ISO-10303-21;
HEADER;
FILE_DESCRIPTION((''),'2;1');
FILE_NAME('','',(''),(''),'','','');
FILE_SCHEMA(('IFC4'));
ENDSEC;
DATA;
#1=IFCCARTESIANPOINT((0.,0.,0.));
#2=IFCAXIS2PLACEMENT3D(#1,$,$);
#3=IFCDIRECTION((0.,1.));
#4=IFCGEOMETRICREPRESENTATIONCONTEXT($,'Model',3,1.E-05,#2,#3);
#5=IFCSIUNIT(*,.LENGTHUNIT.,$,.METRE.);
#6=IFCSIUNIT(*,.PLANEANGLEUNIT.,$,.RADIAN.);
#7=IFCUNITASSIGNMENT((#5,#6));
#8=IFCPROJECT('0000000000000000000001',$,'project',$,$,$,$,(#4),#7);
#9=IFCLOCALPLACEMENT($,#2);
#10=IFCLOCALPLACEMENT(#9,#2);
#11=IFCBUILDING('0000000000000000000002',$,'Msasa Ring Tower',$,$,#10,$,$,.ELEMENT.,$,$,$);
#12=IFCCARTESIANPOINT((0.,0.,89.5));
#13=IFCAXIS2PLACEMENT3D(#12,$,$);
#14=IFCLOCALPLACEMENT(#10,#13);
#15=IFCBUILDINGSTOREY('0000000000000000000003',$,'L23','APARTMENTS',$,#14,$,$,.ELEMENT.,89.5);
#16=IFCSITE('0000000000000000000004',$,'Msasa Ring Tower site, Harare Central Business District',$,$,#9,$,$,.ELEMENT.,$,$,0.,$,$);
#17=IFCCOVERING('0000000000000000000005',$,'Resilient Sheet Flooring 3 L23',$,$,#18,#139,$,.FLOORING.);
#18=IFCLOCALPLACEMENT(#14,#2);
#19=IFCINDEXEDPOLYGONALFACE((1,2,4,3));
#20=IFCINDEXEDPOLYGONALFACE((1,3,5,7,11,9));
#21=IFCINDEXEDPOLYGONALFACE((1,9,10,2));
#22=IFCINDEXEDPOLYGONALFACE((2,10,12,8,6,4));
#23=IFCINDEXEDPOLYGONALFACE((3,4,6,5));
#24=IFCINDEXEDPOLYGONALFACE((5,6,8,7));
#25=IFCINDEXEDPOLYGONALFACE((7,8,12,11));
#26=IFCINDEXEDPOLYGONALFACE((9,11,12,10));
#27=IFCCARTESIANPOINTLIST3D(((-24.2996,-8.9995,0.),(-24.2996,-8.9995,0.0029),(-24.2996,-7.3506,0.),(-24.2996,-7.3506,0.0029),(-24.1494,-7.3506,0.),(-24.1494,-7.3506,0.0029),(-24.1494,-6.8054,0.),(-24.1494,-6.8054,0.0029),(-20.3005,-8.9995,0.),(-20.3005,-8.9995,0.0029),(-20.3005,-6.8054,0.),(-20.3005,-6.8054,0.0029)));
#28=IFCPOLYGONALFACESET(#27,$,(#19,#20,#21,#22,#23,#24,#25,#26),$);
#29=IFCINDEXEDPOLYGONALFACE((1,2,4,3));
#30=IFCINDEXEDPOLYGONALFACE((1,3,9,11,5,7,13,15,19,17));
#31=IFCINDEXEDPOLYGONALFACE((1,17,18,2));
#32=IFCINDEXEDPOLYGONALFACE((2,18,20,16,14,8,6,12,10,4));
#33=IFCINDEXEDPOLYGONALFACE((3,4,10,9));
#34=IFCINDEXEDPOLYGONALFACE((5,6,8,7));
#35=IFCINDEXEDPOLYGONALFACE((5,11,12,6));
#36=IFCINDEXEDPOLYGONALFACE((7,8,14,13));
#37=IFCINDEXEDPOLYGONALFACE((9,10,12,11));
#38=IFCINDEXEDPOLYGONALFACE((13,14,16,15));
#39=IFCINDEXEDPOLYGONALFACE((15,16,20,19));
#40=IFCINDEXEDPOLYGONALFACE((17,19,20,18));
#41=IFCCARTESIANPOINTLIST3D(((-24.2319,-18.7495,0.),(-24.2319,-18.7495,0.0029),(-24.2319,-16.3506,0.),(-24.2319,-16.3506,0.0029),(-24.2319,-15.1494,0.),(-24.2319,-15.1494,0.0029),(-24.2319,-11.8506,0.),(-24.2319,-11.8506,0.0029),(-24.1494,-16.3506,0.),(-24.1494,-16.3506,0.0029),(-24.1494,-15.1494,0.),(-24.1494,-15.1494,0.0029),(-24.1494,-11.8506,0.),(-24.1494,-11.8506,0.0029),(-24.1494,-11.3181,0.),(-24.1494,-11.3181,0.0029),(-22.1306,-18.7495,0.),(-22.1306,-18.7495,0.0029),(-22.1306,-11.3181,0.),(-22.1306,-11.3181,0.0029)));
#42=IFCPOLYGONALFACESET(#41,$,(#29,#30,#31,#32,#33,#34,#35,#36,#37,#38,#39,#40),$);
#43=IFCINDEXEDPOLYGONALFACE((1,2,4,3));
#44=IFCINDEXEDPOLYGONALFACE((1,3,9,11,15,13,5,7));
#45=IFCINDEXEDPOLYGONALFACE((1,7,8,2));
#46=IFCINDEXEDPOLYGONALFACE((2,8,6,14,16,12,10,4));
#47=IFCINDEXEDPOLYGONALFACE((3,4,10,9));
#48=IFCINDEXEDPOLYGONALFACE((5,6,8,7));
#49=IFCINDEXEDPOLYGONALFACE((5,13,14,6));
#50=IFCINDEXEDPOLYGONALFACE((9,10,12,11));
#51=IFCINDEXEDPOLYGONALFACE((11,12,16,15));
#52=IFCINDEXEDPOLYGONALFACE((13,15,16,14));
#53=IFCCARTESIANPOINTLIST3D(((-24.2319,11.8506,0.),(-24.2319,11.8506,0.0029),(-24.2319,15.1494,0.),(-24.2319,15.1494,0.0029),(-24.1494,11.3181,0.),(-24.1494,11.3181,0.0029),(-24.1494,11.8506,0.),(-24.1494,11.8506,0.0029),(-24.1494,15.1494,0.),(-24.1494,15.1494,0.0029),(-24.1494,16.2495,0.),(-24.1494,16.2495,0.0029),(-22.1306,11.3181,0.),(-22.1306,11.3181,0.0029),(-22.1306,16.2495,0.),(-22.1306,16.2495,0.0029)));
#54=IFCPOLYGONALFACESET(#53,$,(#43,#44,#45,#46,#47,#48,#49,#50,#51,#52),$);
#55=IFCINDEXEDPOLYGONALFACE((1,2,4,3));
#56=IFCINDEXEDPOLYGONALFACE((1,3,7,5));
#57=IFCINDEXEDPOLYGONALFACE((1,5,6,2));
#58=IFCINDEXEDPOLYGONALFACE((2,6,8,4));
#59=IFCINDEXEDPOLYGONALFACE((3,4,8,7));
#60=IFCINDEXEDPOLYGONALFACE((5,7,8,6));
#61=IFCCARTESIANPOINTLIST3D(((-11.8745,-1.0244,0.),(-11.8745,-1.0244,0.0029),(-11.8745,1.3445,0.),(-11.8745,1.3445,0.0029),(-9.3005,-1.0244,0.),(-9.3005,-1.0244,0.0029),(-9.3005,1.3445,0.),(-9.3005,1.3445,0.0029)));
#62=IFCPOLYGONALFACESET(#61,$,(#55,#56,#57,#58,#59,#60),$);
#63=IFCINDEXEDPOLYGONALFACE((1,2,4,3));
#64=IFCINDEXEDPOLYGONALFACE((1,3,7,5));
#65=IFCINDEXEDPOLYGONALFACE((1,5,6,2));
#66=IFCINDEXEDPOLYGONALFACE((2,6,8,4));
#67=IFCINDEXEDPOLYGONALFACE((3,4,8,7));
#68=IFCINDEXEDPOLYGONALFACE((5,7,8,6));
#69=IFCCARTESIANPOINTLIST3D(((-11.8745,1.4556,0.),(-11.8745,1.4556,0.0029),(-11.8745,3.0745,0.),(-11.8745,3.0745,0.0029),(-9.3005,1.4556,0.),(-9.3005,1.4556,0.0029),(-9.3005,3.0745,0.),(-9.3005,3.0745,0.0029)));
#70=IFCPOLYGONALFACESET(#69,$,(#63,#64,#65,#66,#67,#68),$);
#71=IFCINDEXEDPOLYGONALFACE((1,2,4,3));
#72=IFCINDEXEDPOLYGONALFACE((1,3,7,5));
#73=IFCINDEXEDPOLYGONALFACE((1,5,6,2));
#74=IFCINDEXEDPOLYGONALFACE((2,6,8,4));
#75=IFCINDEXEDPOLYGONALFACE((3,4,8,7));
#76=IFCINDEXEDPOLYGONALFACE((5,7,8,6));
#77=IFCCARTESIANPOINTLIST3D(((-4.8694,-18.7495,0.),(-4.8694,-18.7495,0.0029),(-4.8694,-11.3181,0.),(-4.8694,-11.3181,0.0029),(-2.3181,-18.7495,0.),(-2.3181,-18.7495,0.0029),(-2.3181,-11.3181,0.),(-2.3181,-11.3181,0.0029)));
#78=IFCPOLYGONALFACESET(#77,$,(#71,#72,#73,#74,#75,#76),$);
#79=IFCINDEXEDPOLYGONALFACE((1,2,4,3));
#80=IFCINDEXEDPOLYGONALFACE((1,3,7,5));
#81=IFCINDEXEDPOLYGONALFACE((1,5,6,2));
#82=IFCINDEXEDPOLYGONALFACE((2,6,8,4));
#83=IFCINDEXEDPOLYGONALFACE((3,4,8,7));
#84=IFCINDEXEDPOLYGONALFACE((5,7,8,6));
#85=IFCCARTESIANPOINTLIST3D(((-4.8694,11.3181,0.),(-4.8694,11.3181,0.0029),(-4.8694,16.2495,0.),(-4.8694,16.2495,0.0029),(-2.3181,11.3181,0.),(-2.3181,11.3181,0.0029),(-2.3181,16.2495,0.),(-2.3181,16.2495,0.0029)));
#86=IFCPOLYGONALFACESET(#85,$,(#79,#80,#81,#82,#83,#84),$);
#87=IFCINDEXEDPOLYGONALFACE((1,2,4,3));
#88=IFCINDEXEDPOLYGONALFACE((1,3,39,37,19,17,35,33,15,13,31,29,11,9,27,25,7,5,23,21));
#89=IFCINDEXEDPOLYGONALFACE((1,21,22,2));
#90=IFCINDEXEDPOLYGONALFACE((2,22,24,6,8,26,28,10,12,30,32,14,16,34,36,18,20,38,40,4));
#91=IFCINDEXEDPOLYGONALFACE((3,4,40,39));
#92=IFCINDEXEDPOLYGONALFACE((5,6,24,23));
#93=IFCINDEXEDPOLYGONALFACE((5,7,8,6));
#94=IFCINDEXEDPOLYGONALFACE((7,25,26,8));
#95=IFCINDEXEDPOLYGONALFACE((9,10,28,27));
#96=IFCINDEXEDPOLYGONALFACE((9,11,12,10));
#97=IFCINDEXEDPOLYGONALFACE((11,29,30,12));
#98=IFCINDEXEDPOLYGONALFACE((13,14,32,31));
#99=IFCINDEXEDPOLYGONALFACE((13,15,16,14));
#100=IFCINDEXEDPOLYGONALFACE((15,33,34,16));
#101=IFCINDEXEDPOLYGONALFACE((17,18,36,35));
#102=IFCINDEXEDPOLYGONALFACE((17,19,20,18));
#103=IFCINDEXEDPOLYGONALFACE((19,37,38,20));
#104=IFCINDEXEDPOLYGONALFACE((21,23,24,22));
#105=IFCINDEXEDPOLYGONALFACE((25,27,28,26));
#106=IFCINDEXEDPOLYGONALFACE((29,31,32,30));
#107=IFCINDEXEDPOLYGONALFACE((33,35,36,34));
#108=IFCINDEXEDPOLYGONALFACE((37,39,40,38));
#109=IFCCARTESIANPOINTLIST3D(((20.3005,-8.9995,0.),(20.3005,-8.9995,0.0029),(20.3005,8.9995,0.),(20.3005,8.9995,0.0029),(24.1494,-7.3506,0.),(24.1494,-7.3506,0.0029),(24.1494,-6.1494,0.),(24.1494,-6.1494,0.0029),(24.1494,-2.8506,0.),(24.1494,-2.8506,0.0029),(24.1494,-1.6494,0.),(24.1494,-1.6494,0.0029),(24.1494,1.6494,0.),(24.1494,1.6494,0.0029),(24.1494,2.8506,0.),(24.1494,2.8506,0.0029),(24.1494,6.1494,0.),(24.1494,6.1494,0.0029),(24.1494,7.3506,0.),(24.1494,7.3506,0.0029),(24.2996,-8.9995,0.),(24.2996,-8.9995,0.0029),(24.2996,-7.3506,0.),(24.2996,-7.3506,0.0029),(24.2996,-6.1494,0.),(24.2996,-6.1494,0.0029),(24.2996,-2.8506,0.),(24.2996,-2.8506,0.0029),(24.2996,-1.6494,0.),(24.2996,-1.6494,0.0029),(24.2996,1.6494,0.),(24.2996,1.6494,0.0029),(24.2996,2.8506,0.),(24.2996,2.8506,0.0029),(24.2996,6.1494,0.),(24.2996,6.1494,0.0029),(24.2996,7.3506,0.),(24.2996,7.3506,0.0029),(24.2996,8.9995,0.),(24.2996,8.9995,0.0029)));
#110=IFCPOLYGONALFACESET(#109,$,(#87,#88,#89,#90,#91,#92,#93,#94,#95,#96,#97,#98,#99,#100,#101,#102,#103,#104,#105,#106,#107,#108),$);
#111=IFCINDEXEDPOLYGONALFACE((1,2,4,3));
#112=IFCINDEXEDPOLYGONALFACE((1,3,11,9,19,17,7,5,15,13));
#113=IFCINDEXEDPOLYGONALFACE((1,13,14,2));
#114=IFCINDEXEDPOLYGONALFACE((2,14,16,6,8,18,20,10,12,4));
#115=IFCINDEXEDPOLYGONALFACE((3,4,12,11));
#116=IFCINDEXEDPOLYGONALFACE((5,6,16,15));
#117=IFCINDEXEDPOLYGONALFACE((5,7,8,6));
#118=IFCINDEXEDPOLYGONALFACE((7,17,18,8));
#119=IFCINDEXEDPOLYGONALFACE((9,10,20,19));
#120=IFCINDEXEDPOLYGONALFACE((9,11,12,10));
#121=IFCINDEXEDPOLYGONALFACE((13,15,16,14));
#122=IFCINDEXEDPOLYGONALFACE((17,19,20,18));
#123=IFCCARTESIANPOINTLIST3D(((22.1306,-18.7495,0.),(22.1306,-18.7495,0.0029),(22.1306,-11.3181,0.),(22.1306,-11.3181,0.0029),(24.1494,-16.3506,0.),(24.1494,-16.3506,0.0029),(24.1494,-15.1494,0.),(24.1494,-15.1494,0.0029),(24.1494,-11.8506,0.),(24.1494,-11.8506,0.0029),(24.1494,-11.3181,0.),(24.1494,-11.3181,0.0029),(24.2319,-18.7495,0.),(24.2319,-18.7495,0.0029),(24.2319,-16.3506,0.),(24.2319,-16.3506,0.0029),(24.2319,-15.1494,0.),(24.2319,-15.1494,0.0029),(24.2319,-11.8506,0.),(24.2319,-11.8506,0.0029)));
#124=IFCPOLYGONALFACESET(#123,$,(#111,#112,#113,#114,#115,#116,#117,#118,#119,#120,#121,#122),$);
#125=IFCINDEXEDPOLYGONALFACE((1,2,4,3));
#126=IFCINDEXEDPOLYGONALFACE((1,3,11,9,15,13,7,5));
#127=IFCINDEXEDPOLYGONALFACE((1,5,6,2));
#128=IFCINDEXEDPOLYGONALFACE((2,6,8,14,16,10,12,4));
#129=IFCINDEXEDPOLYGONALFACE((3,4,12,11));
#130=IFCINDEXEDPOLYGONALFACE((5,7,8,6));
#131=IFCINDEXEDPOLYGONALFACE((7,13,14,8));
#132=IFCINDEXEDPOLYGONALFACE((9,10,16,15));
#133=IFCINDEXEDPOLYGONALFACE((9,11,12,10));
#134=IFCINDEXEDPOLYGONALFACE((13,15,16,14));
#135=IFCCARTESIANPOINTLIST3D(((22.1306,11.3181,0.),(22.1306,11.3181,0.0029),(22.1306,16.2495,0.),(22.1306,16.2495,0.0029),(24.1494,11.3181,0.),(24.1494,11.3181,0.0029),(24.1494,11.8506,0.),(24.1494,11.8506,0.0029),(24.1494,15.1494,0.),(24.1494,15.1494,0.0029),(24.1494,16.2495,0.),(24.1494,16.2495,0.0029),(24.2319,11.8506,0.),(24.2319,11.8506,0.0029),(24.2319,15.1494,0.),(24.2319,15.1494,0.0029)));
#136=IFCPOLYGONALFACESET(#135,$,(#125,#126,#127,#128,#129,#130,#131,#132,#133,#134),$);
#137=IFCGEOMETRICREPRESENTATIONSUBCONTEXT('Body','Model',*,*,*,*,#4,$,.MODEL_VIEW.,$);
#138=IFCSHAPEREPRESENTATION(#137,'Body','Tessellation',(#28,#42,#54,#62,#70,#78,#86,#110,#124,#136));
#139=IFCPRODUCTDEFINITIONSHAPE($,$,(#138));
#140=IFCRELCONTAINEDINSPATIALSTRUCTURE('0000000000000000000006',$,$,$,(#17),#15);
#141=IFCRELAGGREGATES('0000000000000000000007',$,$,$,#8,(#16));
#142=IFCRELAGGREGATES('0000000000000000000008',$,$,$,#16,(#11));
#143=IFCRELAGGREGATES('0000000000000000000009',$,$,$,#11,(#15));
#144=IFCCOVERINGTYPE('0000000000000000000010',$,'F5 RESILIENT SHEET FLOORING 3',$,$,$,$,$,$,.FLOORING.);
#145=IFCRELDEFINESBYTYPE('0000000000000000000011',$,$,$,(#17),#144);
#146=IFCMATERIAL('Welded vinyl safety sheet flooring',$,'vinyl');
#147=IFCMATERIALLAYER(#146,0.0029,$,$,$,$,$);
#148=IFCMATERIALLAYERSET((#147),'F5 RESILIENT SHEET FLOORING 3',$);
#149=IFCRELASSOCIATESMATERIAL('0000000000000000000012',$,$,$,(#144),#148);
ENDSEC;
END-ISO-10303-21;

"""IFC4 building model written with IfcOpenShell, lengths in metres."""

from ifc_helpers import new_model, si_unit, direction, frame, origin, place, context, subcontext, project, spatial, line, indexed_curve, outline, extrude, material, layer, layer_set, type_object, element, save


model = new_model("IFC4")

# Units and contexts
model_context = context("Model", 3, precision=1e-05, world=origin(), true_north=direction((0.0, 1.0)))
body_context = subcontext(model_context, "Body", "Model", "MODEL_VIEW")
ifc_project = project(units=[si_unit("LENGTHUNIT", "METRE"), si_unit("PLANEANGLEUNIT", "RADIAN")], contexts=[model_context])

# Site, building, storey
site_placement = place(None, origin())
site = spatial("IfcSite", under=ifc_project, at=site_placement, Name="Msasa Ring Tower site, Harare Central Business District", CompositionType="ELEMENT", RefElevation=0.0)
building_placement = place(site_placement, origin())
building = spatial("IfcBuilding", under=site, at=building_placement, Name="Msasa Ring Tower", CompositionType="ELEMENT")
storey_placement = place(building_placement, frame((0.0, 0.0, 89.5)))
storey = spatial("IfcBuildingStorey", under=building, at=storey_placement, Name="L23", Description="APARTMENTS", CompositionType="ELEMENT", Elevation=89.5)

# Covering
ifc_material_1 = material(Name="Welded vinyl safety sheet flooring", Category="vinyl")
ifc_layer_1 = layer(ifc_material_1, 0.0029)
ifc_layer_set_1 = layer_set([ifc_layer_1], Name="F5 RESILIENT SHEET FLOORING 3")
covering_type_1 = type_object("IfcCoveringType", Name="F5 RESILIENT SHEET FLOORING 3", PredefinedType="FLOORING", material=ifc_layer_set_1)
covering_1_placement = place(storey_placement, origin())
element("IfcCovering", 1, at=covering_1_placement, inside=storey, type_object=covering_type_1, Name="Resilient Sheet Flooring 3 L23", PredefinedType="FLOORING", context=body_context, shape_type="SweptSolid", body=[
    extrude(outline(indexed_curve([(-24.2996, -8.9995), (-24.2996, -7.3506), (-24.1494, -7.3506), (-24.1494, -6.8054), (-20.3005, -6.8054), (-20.3005, -8.9995)], segments=[line(1, 2, 3, 4, 5, 6, 1)], self_intersect=False)), origin(), (0.0, 0.0, 1.0), 0.0029),
    extrude(outline(indexed_curve([(-24.2319, -16.3506), (-24.1494, -16.3506), (-24.1494, -15.1494), (-24.2319, -15.1494), (-24.2319, -11.8506), (-24.1494, -11.8506), (-24.1494, -11.3181), (-22.1306, -11.3181), (-22.1306, -18.7495), (-24.2319, -18.7495)], segments=[line(1, 2, 3, 4, 5, 6, 7, 8, 9, 10, 1)], self_intersect=False)), origin(), (0.0, 0.0, 1.0), 0.0029),
    extrude(outline(indexed_curve([(-24.2319, 15.1494), (-24.1494, 15.1494), (-24.1494, 16.2495), (-22.1306, 16.2495), (-22.1306, 11.3181), (-24.1494, 11.3181), (-24.1494, 11.8506), (-24.2319, 11.8506)], segments=[line(1, 2, 3, 4, 5, 6, 7, 8, 1)], self_intersect=False)), origin(), (0.0, 0.0, 1.0), 0.0029),
    extrude(outline(indexed_curve([(-11.8745, 1.3445), (-9.3005, 1.3445), (-9.3005, -1.0244), (-11.8745, -1.0244)], segments=[line(1, 2, 3, 4, 1)], self_intersect=False)), origin(), (0.0, 0.0, 1.0), 0.0029),
    extrude(outline(indexed_curve([(-11.8745, 3.0745), (-9.3005, 3.0745), (-9.3005, 1.4556), (-11.8745, 1.4556)], segments=[line(1, 2, 3, 4, 1)], self_intersect=False)), origin(), (0.0, 0.0, 1.0), 0.0029),
    extrude(outline(indexed_curve([(-4.8694, -11.3181), (-2.3181, -11.3181), (-2.3181, -18.7495), (-4.8694, -18.7495)], segments=[line(1, 2, 3, 4, 1)], self_intersect=False)), origin(), (0.0, 0.0, 1.0), 0.0029),
    extrude(outline(indexed_curve([(-2.3181, 11.3181), (-4.8694, 11.3181), (-4.8694, 16.2495), (-2.3181, 16.2495)], segments=[line(1, 2, 3, 4, 1)], self_intersect=False)), origin(), (0.0, 0.0, 1.0), 0.0029),
    extrude(outline(indexed_curve([(20.3005, 8.9995), (24.2996, 8.9995), (24.2996, 7.3506), (24.1494, 7.3506), (24.1494, 6.1494), (24.2996, 6.1494), (24.2996, 2.8506), (24.1494, 2.8506), (24.1494, 1.6494), (24.2996, 1.6494), (24.2996, -1.6494), (24.1494, -1.6494), (24.1494, -2.8506), (24.2996, -2.8506), (24.2996, -6.1494), (24.1494, -6.1494), (24.1494, -7.3506), (24.2996, -7.3506), (24.2996, -8.9995), (20.3005, -8.9995)], segments=[line(1, 2, 3, 4, 5, 6, 7, 8, 9, 10, 11, 12, 13, 14, 15, 16, 17, 18, 19, 20, 1)], self_intersect=False)), origin(), (0.0, 0.0, 1.0), 0.0029),
    extrude(outline(indexed_curve([(22.1306, -11.3181), (24.1494, -11.3181), (24.1494, -11.8506), (24.2319, -11.8506), (24.2319, -15.1494), (24.1494, -15.1494), (24.1494, -16.3506), (24.2319, -16.3506), (24.2319, -18.7495), (22.1306, -18.7495)], segments=[line(1, 2, 3, 4, 5, 6, 7, 8, 9, 10, 1)], self_intersect=False)), origin(), (0.0, 0.0, 1.0), 0.0029),
    extrude(outline(indexed_curve([(24.2319, 11.8506), (24.1494, 11.8506), (24.1494, 11.3181), (22.1306, 11.3181), (22.1306, 16.2495), (24.1494, 16.2495), (24.1494, 15.1494), (24.2319, 15.1494)], segments=[line(1, 2, 3, 4, 5, 6, 7, 8, 1)], self_intersect=False)), origin(), (0.0, 0.0, 1.0), 0.0029),
])

save(model, "model.ifc")
